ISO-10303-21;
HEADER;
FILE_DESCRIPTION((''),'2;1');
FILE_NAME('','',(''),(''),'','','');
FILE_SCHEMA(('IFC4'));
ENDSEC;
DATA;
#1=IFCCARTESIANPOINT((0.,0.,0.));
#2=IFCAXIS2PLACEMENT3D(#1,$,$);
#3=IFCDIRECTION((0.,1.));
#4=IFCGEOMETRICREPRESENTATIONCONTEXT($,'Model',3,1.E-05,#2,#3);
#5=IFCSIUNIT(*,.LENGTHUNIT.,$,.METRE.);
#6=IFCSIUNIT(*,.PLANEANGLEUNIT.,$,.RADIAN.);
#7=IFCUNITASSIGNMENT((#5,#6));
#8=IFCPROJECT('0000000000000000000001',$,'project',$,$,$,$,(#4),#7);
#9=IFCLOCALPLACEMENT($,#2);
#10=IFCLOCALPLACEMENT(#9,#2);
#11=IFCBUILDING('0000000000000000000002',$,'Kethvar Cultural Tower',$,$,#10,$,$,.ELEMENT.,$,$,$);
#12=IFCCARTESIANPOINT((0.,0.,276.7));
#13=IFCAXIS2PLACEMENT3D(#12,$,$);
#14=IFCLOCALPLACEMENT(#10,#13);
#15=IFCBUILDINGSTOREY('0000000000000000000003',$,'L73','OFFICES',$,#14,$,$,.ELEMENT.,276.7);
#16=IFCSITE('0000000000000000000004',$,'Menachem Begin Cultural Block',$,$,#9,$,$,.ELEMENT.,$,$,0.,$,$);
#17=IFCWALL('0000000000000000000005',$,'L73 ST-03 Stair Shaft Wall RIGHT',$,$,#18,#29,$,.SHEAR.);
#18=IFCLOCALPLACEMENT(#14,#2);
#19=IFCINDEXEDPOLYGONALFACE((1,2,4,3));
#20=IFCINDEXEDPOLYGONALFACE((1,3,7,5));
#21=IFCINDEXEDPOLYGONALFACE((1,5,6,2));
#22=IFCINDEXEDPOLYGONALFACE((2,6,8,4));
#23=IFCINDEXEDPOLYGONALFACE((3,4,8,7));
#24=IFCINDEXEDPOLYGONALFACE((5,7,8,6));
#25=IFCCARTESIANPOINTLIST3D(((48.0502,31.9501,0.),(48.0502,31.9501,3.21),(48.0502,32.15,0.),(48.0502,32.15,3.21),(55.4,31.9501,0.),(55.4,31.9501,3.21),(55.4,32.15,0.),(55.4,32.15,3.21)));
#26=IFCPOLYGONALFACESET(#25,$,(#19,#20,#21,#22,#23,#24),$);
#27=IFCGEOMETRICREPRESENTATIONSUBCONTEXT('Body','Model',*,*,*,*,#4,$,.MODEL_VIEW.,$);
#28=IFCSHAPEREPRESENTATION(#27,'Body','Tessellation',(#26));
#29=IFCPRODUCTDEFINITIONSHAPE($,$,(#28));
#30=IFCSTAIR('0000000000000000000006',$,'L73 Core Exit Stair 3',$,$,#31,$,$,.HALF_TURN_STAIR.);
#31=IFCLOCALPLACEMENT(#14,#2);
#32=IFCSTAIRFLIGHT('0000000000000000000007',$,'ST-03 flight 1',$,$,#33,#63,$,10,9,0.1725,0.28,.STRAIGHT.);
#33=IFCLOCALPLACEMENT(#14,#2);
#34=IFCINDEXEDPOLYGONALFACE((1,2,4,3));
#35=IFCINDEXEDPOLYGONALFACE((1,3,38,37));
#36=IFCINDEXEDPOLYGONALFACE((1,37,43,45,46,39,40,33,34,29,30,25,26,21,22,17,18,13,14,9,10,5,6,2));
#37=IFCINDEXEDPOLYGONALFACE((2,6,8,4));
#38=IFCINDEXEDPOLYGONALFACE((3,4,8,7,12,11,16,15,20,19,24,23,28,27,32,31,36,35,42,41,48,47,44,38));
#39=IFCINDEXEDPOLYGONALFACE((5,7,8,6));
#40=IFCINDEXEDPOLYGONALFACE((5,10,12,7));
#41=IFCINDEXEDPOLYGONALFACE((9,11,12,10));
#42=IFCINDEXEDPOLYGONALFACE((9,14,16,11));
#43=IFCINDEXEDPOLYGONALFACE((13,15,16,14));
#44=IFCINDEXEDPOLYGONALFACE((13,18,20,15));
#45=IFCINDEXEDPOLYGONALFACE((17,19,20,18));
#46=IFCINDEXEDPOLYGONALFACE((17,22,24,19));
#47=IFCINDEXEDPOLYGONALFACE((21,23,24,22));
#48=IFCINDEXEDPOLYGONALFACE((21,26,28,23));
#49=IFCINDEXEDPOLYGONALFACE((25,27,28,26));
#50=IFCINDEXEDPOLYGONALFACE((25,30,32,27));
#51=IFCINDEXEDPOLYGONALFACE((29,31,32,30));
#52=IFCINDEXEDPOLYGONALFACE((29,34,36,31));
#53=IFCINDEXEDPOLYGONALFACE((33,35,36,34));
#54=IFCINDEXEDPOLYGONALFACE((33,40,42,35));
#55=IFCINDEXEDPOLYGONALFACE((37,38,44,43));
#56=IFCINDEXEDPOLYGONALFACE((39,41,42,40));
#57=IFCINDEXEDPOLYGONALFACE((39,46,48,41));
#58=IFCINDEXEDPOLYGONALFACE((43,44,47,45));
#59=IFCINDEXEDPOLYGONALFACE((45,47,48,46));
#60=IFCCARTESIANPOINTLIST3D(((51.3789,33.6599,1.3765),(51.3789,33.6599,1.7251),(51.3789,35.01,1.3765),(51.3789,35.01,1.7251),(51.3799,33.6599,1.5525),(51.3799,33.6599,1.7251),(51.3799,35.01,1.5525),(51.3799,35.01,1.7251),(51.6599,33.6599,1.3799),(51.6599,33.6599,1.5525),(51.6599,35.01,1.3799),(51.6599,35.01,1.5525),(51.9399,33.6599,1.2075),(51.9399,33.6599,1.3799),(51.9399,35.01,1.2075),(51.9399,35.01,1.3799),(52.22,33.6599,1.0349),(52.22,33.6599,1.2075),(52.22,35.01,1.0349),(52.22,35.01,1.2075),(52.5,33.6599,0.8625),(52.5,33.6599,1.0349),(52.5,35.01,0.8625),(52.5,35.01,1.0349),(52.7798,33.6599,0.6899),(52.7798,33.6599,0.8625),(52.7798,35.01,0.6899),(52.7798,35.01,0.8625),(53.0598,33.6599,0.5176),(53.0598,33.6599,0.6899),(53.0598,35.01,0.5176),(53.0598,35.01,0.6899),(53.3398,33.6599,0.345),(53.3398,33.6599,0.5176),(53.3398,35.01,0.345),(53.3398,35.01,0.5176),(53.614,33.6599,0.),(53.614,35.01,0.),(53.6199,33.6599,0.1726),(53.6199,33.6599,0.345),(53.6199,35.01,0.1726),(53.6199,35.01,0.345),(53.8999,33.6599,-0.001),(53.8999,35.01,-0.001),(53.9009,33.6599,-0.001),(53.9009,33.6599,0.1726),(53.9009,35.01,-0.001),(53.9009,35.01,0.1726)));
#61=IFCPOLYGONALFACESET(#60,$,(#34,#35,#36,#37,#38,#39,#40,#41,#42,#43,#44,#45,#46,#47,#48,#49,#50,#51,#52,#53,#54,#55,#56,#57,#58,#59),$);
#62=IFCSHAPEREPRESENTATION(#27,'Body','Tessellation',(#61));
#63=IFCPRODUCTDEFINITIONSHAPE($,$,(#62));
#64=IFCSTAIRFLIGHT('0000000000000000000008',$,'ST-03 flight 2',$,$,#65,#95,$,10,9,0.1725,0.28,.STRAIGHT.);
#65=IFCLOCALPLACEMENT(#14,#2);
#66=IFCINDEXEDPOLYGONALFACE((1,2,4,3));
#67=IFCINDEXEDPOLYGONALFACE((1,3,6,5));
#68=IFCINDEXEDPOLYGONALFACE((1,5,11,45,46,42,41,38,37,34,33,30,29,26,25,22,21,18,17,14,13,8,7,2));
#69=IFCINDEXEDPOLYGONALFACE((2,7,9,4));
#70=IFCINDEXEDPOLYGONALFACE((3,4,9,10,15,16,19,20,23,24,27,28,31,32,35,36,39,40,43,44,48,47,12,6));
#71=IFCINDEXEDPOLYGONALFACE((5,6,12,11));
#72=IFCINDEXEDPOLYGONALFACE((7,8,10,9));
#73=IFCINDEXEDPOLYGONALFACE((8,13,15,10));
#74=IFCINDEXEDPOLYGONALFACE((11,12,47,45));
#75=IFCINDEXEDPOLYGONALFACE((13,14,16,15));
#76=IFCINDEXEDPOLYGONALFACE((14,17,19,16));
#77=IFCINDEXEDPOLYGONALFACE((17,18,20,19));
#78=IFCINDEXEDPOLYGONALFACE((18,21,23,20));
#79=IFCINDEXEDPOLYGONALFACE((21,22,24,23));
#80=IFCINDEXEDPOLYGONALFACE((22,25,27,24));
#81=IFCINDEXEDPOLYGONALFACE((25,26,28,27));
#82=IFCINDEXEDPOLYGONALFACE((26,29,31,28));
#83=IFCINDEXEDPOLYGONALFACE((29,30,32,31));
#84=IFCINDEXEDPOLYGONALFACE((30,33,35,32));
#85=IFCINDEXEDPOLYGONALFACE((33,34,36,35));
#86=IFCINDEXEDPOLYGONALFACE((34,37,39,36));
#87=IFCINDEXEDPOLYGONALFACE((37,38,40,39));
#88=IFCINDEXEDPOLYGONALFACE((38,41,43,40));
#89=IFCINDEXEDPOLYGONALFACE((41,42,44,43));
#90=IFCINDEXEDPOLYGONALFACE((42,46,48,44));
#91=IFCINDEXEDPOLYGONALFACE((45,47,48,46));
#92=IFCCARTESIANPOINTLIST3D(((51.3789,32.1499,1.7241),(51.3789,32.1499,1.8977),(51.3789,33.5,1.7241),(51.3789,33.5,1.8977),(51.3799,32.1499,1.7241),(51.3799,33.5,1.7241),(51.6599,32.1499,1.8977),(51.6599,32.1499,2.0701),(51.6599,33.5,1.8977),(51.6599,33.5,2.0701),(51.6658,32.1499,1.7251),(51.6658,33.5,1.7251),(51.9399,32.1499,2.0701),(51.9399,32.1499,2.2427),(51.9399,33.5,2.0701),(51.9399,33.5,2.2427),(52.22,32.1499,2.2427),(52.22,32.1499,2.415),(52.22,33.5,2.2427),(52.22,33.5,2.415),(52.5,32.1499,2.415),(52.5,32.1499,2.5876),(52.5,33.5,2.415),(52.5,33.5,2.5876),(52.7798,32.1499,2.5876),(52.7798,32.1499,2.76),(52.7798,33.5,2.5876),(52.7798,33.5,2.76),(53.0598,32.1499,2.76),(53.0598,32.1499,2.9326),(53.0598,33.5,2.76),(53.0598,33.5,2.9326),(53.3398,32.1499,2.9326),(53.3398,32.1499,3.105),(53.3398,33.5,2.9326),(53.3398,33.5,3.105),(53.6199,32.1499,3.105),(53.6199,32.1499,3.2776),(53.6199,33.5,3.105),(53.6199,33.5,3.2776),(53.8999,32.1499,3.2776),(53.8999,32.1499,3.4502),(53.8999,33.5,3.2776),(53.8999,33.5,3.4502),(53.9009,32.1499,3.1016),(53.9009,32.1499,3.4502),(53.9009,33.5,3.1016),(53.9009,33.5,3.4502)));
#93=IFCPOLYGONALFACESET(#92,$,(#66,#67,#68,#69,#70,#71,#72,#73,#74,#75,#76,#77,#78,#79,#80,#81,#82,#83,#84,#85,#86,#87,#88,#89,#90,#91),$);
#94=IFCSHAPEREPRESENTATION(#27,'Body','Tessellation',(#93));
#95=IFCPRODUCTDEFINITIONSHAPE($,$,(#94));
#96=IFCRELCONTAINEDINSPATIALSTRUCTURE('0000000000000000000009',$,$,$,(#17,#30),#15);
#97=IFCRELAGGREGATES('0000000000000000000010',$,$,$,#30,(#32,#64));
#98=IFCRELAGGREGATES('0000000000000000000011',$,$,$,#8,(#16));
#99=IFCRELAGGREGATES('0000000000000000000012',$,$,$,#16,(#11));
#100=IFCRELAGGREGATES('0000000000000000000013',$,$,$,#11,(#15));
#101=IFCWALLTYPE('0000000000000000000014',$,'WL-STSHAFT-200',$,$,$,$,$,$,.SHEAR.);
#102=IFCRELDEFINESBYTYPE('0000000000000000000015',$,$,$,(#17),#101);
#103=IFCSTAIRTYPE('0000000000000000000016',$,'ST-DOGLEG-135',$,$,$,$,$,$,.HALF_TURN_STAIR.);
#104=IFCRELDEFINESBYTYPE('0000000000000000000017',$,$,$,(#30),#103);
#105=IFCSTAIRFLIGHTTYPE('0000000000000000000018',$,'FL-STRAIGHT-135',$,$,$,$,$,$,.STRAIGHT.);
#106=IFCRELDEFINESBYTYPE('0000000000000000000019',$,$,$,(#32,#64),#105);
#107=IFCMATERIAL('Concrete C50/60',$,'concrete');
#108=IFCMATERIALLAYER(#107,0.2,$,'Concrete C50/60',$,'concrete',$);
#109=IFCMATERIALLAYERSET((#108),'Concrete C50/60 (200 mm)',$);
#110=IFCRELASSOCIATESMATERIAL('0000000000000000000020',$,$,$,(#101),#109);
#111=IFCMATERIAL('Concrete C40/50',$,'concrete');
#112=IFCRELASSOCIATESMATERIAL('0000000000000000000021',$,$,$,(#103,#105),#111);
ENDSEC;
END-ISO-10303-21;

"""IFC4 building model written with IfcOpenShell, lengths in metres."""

from ifc_helpers import new_model, si_unit, direction, frame, frame_2d, origin, place, context, subcontext, project, spatial, polyline, rectangle, outline, extrude, material, layer, layer_set, type_object, element, aggregate, save


model = new_model("IFC4")

# Units and contexts
model_context = context("Model", 3, precision=1e-05, world=origin(), true_north=direction((0.0, 1.0)))
body_context = subcontext(model_context, "Body", "Model", "MODEL_VIEW")
ifc_project = project(units=[si_unit("LENGTHUNIT", "METRE"), si_unit("PLANEANGLEUNIT", "RADIAN")], contexts=[model_context])

# Site, building, storey
site_placement = place(None, origin())
site = spatial("IfcSite", under=ifc_project, at=site_placement, Name="Menachem Begin Cultural Block", CompositionType="ELEMENT", RefElevation=0.0)
building_placement = place(site_placement, origin())
building = spatial("IfcBuilding", under=site, at=building_placement, Name="Kethvar Cultural Tower", CompositionType="ELEMENT")
storey_placement = place(building_placement, frame((0.0, 0.0, 276.7)))
storey = spatial("IfcBuildingStorey", under=building, at=storey_placement, Name="L73", Description="OFFICES", CompositionType="ELEMENT", Elevation=276.7)

# Shared definitions
ifc_material_1 = material(Name="Concrete C40/50", Category="concrete")

# Shared definitions
ifc_material_2 = material(Name="Concrete C50/60", Category="concrete")

# Wall
ifc_layer_1 = layer(ifc_material_2, 0.2, Name="Concrete C50/60", Category="concrete")
ifc_layer_set_1 = layer_set([ifc_layer_1], Name="Concrete C50/60 (200 mm)")
wall_type_1 = type_object("IfcWallType", Name="WL-STSHAFT-200", PredefinedType="SHEAR", material=ifc_layer_set_1)
for number, where, z_axis, x_axis, name in (
    (1, (55.3999, 32.05, 0.0), (0.0, 0.0, 1.0), (-1.0, 0.0, 0.0), "L73 ST-03 Stair Shaft Wall RIGHT"),
):
    element("IfcWall", number, at=place(storey_placement, frame(where, z_axis=z_axis, x_axis=x_axis)), inside=storey, type_object=wall_type_1, Name=name, PredefinedType="SHEAR", context=body_context, shape_type="SweptSolid", body=[
        extrude(rectangle(XDim=7.3499, YDim=0.2, at=frame_2d((3.6748, 0.0))), origin(), (0.0, 0.0, 1.0), 3.21),
    ])

# Stair, stair flights
stair_type = type_object("IfcStairType", Name="ST-DOGLEG-135", PredefinedType="HALF_TURN_STAIR", material=ifc_material_1)
stair_placement = place(storey_placement, origin())
stair = element("IfcStair", 2, at=stair_placement, inside=storey, type_object=stair_type, Name="L73 Core Exit Stair 3", PredefinedType="HALF_TURN_STAIR")
stair_flight_type = type_object("IfcStairFlightType", Name="FL-STRAIGHT-135", PredefinedType="STRAIGHT", material=ifc_material_1)
stair_flight_1_placement = place(storey_placement, frame((53.8999, 34.335, 0.0), z_axis=(0.0, 0.0, 1.0), x_axis=(-1.0, 0.0, 0.0)))
stair_flight_1 = element("IfcStairFlight", 3, at=stair_flight_1_placement, type_object=stair_flight_type, Name="ST-03 flight 1", NumberOfRisers=10, NumberOfTreads=9, PredefinedType="STRAIGHT", RiserHeight=0.1725, TreadLength=0.28, context=body_context, shape_type="SweptSolid", body=[
    extrude(outline(polyline([(-0.001, -0.001), (-0.001, 0.1726), (0.28, 0.1726), (0.28, 0.345), (0.5601, 0.345), (0.5601, 0.5176), (0.8401, 0.5176), (0.8401, 0.6899), (1.1201, 0.6899), (1.1201, 0.8625), (1.3999, 0.8625), (1.3999, 1.0349), (1.6799, 1.0349), (1.6799, 1.2075), (1.96, 1.2075), (1.96, 1.3799), (2.24, 1.3799), (2.24, 1.5525), (2.52, 1.5525), (2.52, 1.7251), (2.521, 1.7251), (2.521, 1.3765), (0.2859, 0.0), (0.0, -0.001), (-0.001, -0.001)])), frame((0.0, 0.675, 0.0), z_axis=(0.0, -1.0, 0.0), x_axis=(1.0, 0.0, 0.0)), (0.0, 0.0, 1.0), 1.3501),
])
stair_flight_2_placement = place(storey_placement, frame((51.3799, 32.825, 1.7251), z_axis=(0.0, 0.0, 1.0), x_axis=(1.0, 0.0, 0.0)))
stair_flight_2 = element("IfcStairFlight", 4, at=stair_flight_2_placement, type_object=stair_flight_type, Name="ST-03 flight 2", NumberOfRisers=10, NumberOfTreads=9, PredefinedType="STRAIGHT", RiserHeight=0.1725, TreadLength=0.28, context=body_context, shape_type="SweptSolid", body=[
    extrude(outline(polyline([(-0.001, -0.001), (-0.001, 0.1726), (0.28, 0.1726), (0.28, 0.345), (0.5601, 0.345), (0.5601, 0.5176), (0.8401, 0.5176), (0.8401, 0.6899), (1.1201, 0.6899), (1.1201, 0.8625), (1.3999, 0.8625), (1.3999, 1.0349), (1.6799, 1.0349), (1.6799, 1.2075), (1.96, 1.2075), (1.96, 1.3799), (2.24, 1.3799), (2.24, 1.5525), (2.52, 1.5525), (2.52, 1.7251), (2.521, 1.7251), (2.521, 1.3765), (0.2859, 0.0), (0.0, -0.001), (-0.001, -0.001)])), frame((0.0, 0.675, 0.0), z_axis=(0.0, -1.0, 0.0), x_axis=(1.0, 0.0, 0.0)), (0.0, 0.0, 1.0), 1.3501),
])
aggregate(stair, [stair_flight_1, stair_flight_2])

save(model, "model.ifc")
